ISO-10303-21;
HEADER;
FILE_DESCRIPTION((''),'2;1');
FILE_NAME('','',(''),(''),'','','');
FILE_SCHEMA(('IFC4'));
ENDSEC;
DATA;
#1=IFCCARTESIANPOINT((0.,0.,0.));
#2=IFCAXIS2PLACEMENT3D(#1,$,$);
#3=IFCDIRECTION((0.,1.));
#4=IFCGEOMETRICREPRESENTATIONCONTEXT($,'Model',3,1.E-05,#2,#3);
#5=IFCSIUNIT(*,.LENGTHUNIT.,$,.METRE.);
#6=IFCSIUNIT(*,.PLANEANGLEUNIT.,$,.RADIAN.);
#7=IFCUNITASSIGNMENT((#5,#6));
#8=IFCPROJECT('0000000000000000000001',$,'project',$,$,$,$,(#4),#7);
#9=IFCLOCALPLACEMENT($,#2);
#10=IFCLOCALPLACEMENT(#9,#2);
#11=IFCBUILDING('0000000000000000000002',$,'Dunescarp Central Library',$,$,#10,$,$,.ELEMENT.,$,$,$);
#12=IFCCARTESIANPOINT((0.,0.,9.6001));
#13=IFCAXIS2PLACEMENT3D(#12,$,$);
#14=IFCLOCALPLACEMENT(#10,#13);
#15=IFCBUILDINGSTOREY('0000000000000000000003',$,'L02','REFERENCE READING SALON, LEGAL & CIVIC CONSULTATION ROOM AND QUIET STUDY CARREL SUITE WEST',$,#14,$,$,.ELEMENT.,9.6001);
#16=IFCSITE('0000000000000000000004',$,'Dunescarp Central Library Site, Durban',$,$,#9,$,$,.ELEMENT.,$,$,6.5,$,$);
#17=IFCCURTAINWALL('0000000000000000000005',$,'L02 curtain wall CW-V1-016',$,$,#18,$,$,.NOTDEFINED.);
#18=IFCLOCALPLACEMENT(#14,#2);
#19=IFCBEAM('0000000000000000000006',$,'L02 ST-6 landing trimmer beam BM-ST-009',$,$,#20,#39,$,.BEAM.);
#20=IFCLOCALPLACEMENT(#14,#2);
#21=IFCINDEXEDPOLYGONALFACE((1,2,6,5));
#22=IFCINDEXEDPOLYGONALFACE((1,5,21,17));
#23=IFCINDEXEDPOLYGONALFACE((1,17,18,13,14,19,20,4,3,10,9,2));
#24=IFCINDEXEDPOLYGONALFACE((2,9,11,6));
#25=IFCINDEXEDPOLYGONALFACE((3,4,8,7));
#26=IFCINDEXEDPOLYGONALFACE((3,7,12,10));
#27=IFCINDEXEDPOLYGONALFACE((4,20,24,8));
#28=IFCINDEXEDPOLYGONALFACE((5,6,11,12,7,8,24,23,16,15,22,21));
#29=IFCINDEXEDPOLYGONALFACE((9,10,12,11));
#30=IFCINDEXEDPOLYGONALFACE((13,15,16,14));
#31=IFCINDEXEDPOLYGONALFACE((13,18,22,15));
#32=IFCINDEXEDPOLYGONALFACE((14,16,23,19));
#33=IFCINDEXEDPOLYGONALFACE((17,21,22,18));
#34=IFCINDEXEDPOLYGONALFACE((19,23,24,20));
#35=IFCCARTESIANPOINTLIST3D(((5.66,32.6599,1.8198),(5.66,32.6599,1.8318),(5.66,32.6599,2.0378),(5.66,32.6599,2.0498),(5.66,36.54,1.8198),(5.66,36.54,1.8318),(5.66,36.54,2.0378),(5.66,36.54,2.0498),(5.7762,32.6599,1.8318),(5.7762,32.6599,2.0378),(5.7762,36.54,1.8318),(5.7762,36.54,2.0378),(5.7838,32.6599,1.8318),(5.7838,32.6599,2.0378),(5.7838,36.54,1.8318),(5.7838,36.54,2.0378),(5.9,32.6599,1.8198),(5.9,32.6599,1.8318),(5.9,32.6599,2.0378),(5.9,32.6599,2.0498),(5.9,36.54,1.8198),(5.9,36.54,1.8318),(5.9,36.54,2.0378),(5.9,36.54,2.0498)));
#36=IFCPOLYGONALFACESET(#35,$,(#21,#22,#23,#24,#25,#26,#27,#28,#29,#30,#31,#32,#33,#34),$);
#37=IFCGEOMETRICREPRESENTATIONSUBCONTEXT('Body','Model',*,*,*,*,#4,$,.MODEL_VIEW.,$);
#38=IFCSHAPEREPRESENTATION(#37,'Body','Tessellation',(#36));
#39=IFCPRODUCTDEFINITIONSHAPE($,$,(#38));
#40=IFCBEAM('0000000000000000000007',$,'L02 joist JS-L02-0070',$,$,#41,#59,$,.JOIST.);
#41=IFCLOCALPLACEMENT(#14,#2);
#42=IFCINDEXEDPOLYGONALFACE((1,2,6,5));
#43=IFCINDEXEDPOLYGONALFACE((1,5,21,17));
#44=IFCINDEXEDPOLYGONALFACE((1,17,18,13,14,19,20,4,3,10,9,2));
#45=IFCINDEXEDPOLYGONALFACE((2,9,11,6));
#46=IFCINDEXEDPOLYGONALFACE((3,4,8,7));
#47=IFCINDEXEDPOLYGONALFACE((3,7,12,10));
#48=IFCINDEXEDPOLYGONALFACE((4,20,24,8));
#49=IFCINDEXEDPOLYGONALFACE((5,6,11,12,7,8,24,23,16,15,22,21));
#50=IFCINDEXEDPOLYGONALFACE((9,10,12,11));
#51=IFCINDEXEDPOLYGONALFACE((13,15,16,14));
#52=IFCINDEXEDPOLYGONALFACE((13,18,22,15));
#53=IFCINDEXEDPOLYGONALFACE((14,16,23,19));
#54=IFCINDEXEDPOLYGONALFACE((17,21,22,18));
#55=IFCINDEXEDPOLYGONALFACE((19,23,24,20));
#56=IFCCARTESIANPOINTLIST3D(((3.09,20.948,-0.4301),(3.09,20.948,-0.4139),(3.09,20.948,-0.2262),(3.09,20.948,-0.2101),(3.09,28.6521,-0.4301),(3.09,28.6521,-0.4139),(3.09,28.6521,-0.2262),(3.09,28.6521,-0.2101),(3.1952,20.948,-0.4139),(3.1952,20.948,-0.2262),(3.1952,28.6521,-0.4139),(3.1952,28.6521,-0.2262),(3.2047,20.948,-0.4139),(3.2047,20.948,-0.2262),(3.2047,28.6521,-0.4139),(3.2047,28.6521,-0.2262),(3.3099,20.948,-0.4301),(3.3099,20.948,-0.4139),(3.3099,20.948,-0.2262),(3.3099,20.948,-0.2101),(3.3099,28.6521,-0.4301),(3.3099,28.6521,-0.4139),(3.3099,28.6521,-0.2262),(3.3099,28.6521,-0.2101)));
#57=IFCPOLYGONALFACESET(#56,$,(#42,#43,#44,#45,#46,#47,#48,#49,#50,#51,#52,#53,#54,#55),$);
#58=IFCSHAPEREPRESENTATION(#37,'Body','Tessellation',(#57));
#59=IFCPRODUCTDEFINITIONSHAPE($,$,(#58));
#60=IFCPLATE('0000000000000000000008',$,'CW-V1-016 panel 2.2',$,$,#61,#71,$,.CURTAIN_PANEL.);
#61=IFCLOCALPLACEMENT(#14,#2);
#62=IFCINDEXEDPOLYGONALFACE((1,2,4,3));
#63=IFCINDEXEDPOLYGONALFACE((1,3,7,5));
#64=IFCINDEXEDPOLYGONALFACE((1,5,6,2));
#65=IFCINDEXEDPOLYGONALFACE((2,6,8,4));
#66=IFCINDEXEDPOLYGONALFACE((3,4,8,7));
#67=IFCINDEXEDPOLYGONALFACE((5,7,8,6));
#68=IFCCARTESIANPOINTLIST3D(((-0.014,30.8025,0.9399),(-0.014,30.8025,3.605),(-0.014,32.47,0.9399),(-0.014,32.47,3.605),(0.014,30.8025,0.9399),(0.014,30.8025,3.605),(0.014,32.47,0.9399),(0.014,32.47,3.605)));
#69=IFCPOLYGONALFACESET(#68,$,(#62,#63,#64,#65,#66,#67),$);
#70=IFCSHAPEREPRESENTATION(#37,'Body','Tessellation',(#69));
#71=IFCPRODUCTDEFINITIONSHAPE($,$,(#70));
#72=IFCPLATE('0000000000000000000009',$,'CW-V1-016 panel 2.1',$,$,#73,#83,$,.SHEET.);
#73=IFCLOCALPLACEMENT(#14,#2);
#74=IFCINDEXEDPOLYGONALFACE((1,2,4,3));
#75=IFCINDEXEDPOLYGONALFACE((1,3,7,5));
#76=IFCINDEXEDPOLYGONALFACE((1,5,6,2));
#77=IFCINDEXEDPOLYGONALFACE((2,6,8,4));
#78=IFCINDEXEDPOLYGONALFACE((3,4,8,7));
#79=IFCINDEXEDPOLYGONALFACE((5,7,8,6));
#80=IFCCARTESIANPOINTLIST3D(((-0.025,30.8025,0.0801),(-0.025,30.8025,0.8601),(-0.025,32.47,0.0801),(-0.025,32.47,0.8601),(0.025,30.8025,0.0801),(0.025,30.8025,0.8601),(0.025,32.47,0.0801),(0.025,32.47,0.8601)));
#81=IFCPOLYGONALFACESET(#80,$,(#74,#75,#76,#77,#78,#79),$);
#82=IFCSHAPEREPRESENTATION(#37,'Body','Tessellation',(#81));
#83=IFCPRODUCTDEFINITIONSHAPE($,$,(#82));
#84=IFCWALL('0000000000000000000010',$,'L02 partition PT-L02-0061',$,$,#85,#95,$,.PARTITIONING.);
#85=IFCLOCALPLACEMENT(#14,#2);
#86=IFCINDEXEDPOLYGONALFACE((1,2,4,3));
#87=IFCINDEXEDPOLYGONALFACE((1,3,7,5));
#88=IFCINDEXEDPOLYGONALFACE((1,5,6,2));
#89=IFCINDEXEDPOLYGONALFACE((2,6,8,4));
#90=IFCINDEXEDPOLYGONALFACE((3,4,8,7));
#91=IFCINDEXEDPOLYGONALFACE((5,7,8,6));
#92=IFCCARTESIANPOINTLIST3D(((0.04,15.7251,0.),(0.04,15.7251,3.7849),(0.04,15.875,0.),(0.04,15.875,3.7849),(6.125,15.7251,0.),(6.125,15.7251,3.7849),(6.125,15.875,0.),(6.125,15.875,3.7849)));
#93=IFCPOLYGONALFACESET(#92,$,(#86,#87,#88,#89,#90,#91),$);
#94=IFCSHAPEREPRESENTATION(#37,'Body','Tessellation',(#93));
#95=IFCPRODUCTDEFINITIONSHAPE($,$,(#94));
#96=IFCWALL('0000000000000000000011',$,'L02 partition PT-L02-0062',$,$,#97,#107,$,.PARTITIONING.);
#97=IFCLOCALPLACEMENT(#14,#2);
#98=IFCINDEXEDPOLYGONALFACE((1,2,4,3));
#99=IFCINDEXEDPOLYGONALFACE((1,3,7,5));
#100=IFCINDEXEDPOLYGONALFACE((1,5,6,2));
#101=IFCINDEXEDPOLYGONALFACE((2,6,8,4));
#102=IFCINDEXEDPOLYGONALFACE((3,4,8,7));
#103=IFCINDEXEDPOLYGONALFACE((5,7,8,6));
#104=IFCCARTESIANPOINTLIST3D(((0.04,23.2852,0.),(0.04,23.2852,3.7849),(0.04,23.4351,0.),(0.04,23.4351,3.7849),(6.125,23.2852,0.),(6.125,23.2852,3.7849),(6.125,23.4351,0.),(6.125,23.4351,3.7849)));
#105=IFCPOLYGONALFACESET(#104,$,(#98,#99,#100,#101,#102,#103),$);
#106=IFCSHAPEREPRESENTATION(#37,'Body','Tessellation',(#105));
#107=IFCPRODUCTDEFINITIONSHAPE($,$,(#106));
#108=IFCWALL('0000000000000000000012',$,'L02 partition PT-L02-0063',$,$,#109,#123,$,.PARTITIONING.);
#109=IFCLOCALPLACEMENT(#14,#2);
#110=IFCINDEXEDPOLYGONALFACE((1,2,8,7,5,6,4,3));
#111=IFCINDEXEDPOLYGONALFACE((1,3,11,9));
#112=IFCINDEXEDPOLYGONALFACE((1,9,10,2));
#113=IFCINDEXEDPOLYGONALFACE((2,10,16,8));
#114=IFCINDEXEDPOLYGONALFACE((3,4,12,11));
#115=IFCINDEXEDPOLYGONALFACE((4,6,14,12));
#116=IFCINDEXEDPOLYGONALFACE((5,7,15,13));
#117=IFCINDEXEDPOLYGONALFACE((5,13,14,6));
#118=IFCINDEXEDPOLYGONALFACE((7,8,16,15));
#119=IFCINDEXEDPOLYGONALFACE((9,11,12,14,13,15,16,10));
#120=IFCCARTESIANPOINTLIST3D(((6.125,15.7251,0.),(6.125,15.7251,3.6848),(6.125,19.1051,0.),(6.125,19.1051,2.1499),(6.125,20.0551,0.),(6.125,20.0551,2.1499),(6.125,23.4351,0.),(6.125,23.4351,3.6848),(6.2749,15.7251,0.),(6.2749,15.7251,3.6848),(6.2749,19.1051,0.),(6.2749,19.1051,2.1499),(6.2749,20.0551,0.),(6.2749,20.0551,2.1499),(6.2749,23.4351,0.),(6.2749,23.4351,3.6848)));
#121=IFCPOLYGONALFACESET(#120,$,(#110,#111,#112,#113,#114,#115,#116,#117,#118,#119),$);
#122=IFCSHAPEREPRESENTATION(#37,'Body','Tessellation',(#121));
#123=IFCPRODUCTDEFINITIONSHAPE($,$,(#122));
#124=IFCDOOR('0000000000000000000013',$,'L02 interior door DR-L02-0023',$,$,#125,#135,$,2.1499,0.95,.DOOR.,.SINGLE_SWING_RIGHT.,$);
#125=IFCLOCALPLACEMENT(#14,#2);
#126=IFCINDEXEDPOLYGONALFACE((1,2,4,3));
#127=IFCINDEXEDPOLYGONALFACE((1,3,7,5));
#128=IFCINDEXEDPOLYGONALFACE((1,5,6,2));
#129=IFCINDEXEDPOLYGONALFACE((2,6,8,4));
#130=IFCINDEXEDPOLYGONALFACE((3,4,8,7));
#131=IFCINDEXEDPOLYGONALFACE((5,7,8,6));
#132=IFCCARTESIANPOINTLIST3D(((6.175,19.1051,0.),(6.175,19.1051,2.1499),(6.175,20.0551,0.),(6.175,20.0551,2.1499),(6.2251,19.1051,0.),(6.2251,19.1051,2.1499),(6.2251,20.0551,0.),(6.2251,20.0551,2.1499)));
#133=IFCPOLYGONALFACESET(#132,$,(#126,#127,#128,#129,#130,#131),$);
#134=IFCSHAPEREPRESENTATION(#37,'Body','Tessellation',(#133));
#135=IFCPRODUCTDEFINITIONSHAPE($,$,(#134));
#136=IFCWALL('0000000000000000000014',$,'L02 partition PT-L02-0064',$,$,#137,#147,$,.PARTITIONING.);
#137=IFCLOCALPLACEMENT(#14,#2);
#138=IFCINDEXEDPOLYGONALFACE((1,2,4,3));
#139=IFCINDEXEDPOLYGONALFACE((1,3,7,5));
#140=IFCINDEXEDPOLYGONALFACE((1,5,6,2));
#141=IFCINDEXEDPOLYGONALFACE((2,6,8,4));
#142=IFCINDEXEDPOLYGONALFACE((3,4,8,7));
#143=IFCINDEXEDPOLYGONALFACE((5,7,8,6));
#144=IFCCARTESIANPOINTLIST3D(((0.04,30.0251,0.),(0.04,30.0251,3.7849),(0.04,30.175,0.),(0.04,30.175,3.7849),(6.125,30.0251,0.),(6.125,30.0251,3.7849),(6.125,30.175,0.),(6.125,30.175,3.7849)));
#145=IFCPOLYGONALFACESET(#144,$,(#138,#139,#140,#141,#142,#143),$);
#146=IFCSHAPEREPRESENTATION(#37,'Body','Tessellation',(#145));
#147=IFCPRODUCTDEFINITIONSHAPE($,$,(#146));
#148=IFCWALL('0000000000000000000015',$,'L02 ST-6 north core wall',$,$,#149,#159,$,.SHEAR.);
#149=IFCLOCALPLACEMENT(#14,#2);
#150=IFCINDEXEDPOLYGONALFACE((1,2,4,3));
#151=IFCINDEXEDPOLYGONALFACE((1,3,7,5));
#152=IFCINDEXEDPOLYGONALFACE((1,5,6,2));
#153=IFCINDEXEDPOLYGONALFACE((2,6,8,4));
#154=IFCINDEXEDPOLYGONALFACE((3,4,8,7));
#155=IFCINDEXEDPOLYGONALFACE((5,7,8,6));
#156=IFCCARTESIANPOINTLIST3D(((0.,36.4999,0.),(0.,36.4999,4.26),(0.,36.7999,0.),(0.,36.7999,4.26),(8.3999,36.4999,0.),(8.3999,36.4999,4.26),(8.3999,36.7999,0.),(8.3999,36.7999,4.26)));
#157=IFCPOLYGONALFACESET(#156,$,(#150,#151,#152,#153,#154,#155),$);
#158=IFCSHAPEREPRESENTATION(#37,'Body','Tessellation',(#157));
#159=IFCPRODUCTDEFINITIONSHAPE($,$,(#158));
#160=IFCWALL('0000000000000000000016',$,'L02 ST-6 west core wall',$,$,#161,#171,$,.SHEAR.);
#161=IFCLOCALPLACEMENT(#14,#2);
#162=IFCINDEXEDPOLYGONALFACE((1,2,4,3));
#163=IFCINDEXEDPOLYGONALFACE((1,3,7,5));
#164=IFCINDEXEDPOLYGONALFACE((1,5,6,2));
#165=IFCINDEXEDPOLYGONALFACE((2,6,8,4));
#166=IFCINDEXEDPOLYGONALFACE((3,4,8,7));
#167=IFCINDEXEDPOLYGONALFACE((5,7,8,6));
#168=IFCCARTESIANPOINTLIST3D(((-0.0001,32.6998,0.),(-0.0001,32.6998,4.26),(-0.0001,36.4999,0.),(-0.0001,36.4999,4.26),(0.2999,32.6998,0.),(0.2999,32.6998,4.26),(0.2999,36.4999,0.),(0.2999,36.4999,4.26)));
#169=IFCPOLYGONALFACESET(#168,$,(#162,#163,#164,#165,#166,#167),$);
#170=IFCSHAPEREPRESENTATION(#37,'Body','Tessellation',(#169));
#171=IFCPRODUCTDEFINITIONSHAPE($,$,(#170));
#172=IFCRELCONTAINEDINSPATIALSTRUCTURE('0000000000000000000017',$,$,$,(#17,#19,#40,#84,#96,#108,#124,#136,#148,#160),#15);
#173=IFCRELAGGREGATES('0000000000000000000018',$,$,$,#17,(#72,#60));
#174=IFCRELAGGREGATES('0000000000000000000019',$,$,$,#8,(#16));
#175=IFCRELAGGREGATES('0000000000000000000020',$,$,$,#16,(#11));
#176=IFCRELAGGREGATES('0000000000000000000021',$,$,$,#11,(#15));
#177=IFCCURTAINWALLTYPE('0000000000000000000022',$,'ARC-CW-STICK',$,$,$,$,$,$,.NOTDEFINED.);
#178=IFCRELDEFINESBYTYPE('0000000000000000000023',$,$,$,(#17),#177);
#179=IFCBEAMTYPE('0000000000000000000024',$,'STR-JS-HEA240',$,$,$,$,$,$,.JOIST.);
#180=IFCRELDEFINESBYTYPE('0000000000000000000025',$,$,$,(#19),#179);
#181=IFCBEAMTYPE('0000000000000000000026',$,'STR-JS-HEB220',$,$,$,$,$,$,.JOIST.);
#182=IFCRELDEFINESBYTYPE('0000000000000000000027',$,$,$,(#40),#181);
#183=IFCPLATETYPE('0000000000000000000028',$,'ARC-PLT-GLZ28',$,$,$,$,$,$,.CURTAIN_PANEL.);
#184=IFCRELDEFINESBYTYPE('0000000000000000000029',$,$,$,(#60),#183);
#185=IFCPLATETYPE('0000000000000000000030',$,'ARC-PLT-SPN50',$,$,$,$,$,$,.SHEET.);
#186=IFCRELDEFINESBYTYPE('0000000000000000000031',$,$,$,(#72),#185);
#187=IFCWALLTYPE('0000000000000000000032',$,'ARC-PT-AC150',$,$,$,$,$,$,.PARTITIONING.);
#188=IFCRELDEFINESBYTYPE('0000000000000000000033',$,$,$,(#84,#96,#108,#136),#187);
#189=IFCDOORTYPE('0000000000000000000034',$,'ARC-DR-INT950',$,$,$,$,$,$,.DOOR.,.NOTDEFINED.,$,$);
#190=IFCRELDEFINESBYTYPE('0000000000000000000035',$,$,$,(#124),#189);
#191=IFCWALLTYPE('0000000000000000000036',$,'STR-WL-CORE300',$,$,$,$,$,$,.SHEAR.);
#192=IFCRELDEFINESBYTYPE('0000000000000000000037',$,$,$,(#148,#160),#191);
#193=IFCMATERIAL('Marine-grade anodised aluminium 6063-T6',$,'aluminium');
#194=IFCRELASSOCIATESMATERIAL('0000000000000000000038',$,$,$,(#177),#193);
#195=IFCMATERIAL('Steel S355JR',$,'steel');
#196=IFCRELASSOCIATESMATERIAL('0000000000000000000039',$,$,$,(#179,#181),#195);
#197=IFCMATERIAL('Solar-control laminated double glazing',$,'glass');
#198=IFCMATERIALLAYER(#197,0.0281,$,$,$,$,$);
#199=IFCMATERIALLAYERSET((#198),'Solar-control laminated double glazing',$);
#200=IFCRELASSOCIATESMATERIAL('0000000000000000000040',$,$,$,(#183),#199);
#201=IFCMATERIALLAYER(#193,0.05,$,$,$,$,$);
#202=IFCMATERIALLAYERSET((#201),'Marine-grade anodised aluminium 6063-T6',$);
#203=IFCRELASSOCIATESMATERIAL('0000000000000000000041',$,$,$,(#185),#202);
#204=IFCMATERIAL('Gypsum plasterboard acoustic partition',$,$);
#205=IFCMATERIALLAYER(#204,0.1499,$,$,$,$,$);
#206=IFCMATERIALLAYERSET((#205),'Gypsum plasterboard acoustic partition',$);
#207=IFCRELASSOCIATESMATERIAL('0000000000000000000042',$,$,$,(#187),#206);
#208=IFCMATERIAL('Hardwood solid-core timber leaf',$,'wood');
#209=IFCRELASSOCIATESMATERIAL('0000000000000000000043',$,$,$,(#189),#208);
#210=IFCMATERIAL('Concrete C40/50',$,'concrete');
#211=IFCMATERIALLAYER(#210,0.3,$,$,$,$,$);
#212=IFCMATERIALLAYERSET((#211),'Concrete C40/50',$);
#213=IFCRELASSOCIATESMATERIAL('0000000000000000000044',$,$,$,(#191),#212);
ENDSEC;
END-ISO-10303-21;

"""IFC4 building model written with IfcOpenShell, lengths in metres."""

from ifc_helpers import new_model, si_unit, direction, frame, frame_2d, origin, origin_2d, place, context, subcontext, project, spatial, rectangle, i_section, extrude, material, layer, layer_set, material_profile, profile_set, type_object, element, fill, aggregate, save


model = new_model("IFC4")

# Units and contexts
model_context = context("Model", 3, precision=1e-05, world=origin(), true_north=direction((0.0, 1.0)))
body_context = subcontext(model_context, "Body", "Model", "MODEL_VIEW")
ifc_project = project(units=[si_unit("LENGTHUNIT", "METRE"), si_unit("PLANEANGLEUNIT", "RADIAN")], contexts=[model_context])

# Site, building, storey
site_placement = place(None, origin())
site = spatial("IfcSite", under=ifc_project, at=site_placement, Name="Dunescarp Central Library Site, Durban", CompositionType="ELEMENT", RefElevation=6.5)
building_placement = place(site_placement, origin())
building = spatial("IfcBuilding", under=site, at=building_placement, Name="Dunescarp Central Library", CompositionType="ELEMENT")
storey_placement = place(building_placement, frame((0.0, 0.0, 9.6001)))
storey = spatial("IfcBuildingStorey", under=building, at=storey_placement, Name="L02", Description="REFERENCE READING SALON, LEGAL & CIVIC CONSULTATION ROOM AND QUIET STUDY CARREL SUITE WEST", CompositionType="ELEMENT", Elevation=9.6001)

# Shared definitions
ifc_material_1 = material(Name="Steel S355JR", Category="steel")

# Curtain wall
ifc_material_2 = material(Name="Marine-grade anodised aluminium 6063-T6", Category="aluminium")
curtain_wall_type = type_object("IfcCurtainWallType", Name="ARC-CW-STICK", PredefinedType="NOTDEFINED", material=ifc_material_2)
curtain_wall_placement = place(storey_placement, origin())
curtain_wall = element("IfcCurtainWall", 1, at=curtain_wall_placement, inside=storey, type_object=curtain_wall_type, Name="L02 curtain wall CW-V1-016", PredefinedType="NOTDEFINED")

# Beams
ifc_material_profile_1 = material_profile(ifc_material_1, i_section(OverallWidth=0.24, OverallDepth=0.23, WebThickness=0.0076, FlangeThickness=0.012, at=origin_2d()), Name="HEA 240")
ifc_profile_set_1 = profile_set([ifc_material_profile_1], Name="Steel S355JR")
beam_type_1 = type_object("IfcBeamType", Name="STR-JS-HEA240", PredefinedType="JOIST", material=ifc_profile_set_1)
beam_1_placement = place(storey_placement, frame((5.78, 32.6599, 1.9348), z_axis=(0.0, 1.0, 0.0), x_axis=(-1.0, 0.0, 0.0)))
element("IfcBeam", 2, at=beam_1_placement, inside=storey, type_object=beam_type_1, Name="L02 ST-6 landing trimmer beam BM-ST-009", PredefinedType="BEAM", context=body_context, shape_type="SweptSolid", body=[
    extrude(i_section(OverallWidth=0.24, OverallDepth=0.23, WebThickness=0.0076, FlangeThickness=0.012, at=origin_2d()), origin(), (0.0, 0.0, 1.0), 3.8801),
])
ifc_material_profile_2 = material_profile(ifc_material_1, i_section(OverallWidth=0.22, OverallDepth=0.22, WebThickness=0.0095, FlangeThickness=0.0161, at=origin_2d()), Name="HEB 220")
ifc_profile_set_2 = profile_set([ifc_material_profile_2], Name="Steel S355JR")
beam_type_2 = type_object("IfcBeamType", Name="STR-JS-HEB220", PredefinedType="JOIST", material=ifc_profile_set_2)
beam_2_placement = place(storey_placement, frame((3.2, 20.948, -0.3201), z_axis=(0.0, 1.0, 0.0), x_axis=(-1.0, 0.0, 0.0)))
element("IfcBeam", 3, at=beam_2_placement, inside=storey, type_object=beam_type_2, Name="L02 joist JS-L02-0070", PredefinedType="JOIST", context=body_context, shape_type="SweptSolid", body=[
    extrude(i_section(OverallWidth=0.22, OverallDepth=0.22, WebThickness=0.0095, FlangeThickness=0.0161, at=origin_2d()), origin(), (0.0, 0.0, 1.0), 7.7041),
])

# Plates
ifc_material_3 = material(Name="Solar-control laminated double glazing", Category="glass")
ifc_layer_1 = layer(ifc_material_3, 0.0281)
ifc_layer_set_1 = layer_set([ifc_layer_1], Name="Solar-control laminated double glazing")
plate_type_1 = type_object("IfcPlateType", Name="ARC-PLT-GLZ28", PredefinedType="CURTAIN_PANEL", material=ifc_layer_set_1)
plate_1_placement = place(storey_placement, frame((0.0, 31.6362, 0.9399), z_axis=(0.0, 0.0, 1.0), x_axis=(0.0, 1.0, 0.0)))
plate_1 = element("IfcPlate", 4, at=plate_1_placement, type_object=plate_type_1, Name="CW-V1-016 panel 2.2", PredefinedType="CURTAIN_PANEL", context=body_context, shape_type="SweptSolid", body=[
    extrude(rectangle(XDim=1.6675, YDim=0.0281, at=origin_2d()), origin(), (0.0, 0.0, 1.0), 2.665),
])
ifc_layer_2 = layer(ifc_material_2, 0.05)
ifc_layer_set_2 = layer_set([ifc_layer_2], Name="Marine-grade anodised aluminium 6063-T6")
plate_type_2 = type_object("IfcPlateType", Name="ARC-PLT-SPN50", PredefinedType="SHEET", material=ifc_layer_set_2)
plate_2_placement = place(storey_placement, frame((0.0, 31.6362, 0.0801), z_axis=(0.0, 0.0, 1.0), x_axis=(0.0, 1.0, 0.0)))
plate_2 = element("IfcPlate", 5, at=plate_2_placement, type_object=plate_type_2, Name="CW-V1-016 panel 2.1", PredefinedType="SHEET", context=body_context, shape_type="SweptSolid", body=[
    extrude(rectangle(XDim=1.6675, YDim=0.05, at=origin_2d()), origin(), (0.0, 0.0, 1.0), 0.78),
])
aggregate(curtain_wall, [plate_2, plate_1])

# Walls
ifc_material_4 = material(Name="Gypsum plasterboard acoustic partition")
ifc_layer_3 = layer(ifc_material_4, 0.1499)
ifc_layer_set_3 = layer_set([ifc_layer_3], Name="Gypsum plasterboard acoustic partition")
wall_type_1 = type_object("IfcWallType", Name="ARC-PT-AC150", PredefinedType="PARTITIONING", material=ifc_layer_set_3)
for number, where, z_axis, x_axis, name in (
    (6, (0.04, 15.8, 0.0), (0.0, 0.0, 1.0), (1.0, 0.0, 0.0), "L02 partition PT-L02-0061"),
    (7, (0.04, 23.3601, 0.0), (0.0, 0.0, 1.0), (1.0, 0.0, 0.0), "L02 partition PT-L02-0062"),
):
    element("IfcWall", number, at=place(storey_placement, frame(where, z_axis=z_axis, x_axis=x_axis)), inside=storey, type_object=wall_type_1, Name=name, PredefinedType="PARTITIONING", context=body_context, shape_type="SweptSolid", body=[
        extrude(rectangle(XDim=6.085, YDim=0.1499, at=frame_2d((3.0425, 0.0))), origin(), (0.0, 0.0, 1.0), 3.7849),
    ])

# Wall, opening, door
wall_1_placement = place(storey_placement, frame((6.2, 15.7251, 0.0), z_axis=(0.0, 0.0, 1.0), x_axis=(0.0, 1.0, 0.0)))
wall_1 = element("IfcWall", 8, at=wall_1_placement, inside=storey, type_object=wall_type_1, Name="L02 partition PT-L02-0063", PredefinedType="PARTITIONING", context=body_context, shape_type="SweptSolid", body=[
    extrude(rectangle(XDim=7.71, YDim=0.1499, at=frame_2d((3.855, 0.0))), origin(), (0.0, 0.0, 1.0), 3.6848),
])
opening_placement = place(wall_1_placement, frame((3.3799, 0.0, 0.0)))
opening = element("IfcOpeningElement", 9, at=opening_placement, cuts=wall_1, PredefinedType="OPENING", context=body_context, shape_type="SweptSolid", body=[
    extrude(rectangle(XDim=0.95, YDim=2.1499, at=frame_2d((0.4751, 1.075))), frame((0.0, 0.085, 0.0), z_axis=(0.0, -1.0, 0.0), x_axis=(1.0, 0.0, 0.0)), (0.0, 0.0, 1.0), 0.1699),
])
ifc_material_5 = material(Name="Hardwood solid-core timber leaf", Category="wood")
door_type = type_object("IfcDoorType", Name="ARC-DR-INT950", OperationType="NOTDEFINED", PredefinedType="DOOR", material=ifc_material_5)
door_placement = place(opening_placement, origin())
door = element("IfcDoor", 10, at=door_placement, inside=storey, type_object=door_type, Name="L02 interior door DR-L02-0023", OperationType="SINGLE_SWING_RIGHT", OverallHeight=2.1499, OverallWidth=0.95, PredefinedType="DOOR", context=body_context, shape_type="SweptSolid", body=[
    extrude(rectangle(XDim=0.95, YDim=2.1499, at=frame_2d((0.4751, 1.075))), frame((0.0, 0.0249, 0.0), z_axis=(0.0, -1.0, 0.0), x_axis=(1.0, 0.0, 0.0)), (0.0, 0.0, 1.0), 0.05),
])
fill(opening, door)

# Walls
wall_2_placement = place(storey_placement, frame((0.04, 30.1001, 0.0), z_axis=(0.0, 0.0, 1.0), x_axis=(1.0, 0.0, 0.0)))
element("IfcWall", 11, at=wall_2_placement, inside=storey, type_object=wall_type_1, Name="L02 partition PT-L02-0064", PredefinedType="PARTITIONING", context=body_context, shape_type="SweptSolid", body=[
    extrude(rectangle(XDim=6.085, YDim=0.1499, at=frame_2d((3.0425, 0.0))), origin(), (0.0, 0.0, 1.0), 3.7849),
])
ifc_material_6 = material(Name="Concrete C40/50", Category="concrete")
ifc_layer_4 = layer(ifc_material_6, 0.3)
ifc_layer_set_4 = layer_set([ifc_layer_4], Name="Concrete C40/50")
wall_type_2 = type_object("IfcWallType", Name="STR-WL-CORE300", PredefinedType="SHEAR", material=ifc_layer_set_4)
wall_3_placement = place(storey_placement, frame((0.0, 36.6499, 0.0), z_axis=(0.0, 0.0, 1.0), x_axis=(1.0, 0.0, 0.0)))
element("IfcWall", 12, at=wall_3_placement, inside=storey, type_object=wall_type_2, Name="L02 ST-6 north core wall", PredefinedType="SHEAR", context=body_context, shape_type="SweptSolid", body=[
    extrude(rectangle(XDim=8.3999, YDim=0.3, at=frame_2d((4.2, 0.0))), origin(), (0.0, 0.0, 1.0), 4.26),
])
wall_4_placement = place(storey_placement, frame((0.1499, 32.7, 0.0), z_axis=(0.0, 0.0, 1.0), x_axis=(0.0, 1.0, 0.0)))
element("IfcWall", 13, at=wall_4_placement, inside=storey, type_object=wall_type_2, Name="L02 ST-6 west core wall", PredefinedType="SHEAR", context=body_context, shape_type="SweptSolid", body=[
    extrude(rectangle(XDim=3.8, YDim=0.3, at=frame_2d((1.8999, 0.0))), origin(), (0.0, 0.0, 1.0), 4.26),
])

save(model, "model.ifc")
